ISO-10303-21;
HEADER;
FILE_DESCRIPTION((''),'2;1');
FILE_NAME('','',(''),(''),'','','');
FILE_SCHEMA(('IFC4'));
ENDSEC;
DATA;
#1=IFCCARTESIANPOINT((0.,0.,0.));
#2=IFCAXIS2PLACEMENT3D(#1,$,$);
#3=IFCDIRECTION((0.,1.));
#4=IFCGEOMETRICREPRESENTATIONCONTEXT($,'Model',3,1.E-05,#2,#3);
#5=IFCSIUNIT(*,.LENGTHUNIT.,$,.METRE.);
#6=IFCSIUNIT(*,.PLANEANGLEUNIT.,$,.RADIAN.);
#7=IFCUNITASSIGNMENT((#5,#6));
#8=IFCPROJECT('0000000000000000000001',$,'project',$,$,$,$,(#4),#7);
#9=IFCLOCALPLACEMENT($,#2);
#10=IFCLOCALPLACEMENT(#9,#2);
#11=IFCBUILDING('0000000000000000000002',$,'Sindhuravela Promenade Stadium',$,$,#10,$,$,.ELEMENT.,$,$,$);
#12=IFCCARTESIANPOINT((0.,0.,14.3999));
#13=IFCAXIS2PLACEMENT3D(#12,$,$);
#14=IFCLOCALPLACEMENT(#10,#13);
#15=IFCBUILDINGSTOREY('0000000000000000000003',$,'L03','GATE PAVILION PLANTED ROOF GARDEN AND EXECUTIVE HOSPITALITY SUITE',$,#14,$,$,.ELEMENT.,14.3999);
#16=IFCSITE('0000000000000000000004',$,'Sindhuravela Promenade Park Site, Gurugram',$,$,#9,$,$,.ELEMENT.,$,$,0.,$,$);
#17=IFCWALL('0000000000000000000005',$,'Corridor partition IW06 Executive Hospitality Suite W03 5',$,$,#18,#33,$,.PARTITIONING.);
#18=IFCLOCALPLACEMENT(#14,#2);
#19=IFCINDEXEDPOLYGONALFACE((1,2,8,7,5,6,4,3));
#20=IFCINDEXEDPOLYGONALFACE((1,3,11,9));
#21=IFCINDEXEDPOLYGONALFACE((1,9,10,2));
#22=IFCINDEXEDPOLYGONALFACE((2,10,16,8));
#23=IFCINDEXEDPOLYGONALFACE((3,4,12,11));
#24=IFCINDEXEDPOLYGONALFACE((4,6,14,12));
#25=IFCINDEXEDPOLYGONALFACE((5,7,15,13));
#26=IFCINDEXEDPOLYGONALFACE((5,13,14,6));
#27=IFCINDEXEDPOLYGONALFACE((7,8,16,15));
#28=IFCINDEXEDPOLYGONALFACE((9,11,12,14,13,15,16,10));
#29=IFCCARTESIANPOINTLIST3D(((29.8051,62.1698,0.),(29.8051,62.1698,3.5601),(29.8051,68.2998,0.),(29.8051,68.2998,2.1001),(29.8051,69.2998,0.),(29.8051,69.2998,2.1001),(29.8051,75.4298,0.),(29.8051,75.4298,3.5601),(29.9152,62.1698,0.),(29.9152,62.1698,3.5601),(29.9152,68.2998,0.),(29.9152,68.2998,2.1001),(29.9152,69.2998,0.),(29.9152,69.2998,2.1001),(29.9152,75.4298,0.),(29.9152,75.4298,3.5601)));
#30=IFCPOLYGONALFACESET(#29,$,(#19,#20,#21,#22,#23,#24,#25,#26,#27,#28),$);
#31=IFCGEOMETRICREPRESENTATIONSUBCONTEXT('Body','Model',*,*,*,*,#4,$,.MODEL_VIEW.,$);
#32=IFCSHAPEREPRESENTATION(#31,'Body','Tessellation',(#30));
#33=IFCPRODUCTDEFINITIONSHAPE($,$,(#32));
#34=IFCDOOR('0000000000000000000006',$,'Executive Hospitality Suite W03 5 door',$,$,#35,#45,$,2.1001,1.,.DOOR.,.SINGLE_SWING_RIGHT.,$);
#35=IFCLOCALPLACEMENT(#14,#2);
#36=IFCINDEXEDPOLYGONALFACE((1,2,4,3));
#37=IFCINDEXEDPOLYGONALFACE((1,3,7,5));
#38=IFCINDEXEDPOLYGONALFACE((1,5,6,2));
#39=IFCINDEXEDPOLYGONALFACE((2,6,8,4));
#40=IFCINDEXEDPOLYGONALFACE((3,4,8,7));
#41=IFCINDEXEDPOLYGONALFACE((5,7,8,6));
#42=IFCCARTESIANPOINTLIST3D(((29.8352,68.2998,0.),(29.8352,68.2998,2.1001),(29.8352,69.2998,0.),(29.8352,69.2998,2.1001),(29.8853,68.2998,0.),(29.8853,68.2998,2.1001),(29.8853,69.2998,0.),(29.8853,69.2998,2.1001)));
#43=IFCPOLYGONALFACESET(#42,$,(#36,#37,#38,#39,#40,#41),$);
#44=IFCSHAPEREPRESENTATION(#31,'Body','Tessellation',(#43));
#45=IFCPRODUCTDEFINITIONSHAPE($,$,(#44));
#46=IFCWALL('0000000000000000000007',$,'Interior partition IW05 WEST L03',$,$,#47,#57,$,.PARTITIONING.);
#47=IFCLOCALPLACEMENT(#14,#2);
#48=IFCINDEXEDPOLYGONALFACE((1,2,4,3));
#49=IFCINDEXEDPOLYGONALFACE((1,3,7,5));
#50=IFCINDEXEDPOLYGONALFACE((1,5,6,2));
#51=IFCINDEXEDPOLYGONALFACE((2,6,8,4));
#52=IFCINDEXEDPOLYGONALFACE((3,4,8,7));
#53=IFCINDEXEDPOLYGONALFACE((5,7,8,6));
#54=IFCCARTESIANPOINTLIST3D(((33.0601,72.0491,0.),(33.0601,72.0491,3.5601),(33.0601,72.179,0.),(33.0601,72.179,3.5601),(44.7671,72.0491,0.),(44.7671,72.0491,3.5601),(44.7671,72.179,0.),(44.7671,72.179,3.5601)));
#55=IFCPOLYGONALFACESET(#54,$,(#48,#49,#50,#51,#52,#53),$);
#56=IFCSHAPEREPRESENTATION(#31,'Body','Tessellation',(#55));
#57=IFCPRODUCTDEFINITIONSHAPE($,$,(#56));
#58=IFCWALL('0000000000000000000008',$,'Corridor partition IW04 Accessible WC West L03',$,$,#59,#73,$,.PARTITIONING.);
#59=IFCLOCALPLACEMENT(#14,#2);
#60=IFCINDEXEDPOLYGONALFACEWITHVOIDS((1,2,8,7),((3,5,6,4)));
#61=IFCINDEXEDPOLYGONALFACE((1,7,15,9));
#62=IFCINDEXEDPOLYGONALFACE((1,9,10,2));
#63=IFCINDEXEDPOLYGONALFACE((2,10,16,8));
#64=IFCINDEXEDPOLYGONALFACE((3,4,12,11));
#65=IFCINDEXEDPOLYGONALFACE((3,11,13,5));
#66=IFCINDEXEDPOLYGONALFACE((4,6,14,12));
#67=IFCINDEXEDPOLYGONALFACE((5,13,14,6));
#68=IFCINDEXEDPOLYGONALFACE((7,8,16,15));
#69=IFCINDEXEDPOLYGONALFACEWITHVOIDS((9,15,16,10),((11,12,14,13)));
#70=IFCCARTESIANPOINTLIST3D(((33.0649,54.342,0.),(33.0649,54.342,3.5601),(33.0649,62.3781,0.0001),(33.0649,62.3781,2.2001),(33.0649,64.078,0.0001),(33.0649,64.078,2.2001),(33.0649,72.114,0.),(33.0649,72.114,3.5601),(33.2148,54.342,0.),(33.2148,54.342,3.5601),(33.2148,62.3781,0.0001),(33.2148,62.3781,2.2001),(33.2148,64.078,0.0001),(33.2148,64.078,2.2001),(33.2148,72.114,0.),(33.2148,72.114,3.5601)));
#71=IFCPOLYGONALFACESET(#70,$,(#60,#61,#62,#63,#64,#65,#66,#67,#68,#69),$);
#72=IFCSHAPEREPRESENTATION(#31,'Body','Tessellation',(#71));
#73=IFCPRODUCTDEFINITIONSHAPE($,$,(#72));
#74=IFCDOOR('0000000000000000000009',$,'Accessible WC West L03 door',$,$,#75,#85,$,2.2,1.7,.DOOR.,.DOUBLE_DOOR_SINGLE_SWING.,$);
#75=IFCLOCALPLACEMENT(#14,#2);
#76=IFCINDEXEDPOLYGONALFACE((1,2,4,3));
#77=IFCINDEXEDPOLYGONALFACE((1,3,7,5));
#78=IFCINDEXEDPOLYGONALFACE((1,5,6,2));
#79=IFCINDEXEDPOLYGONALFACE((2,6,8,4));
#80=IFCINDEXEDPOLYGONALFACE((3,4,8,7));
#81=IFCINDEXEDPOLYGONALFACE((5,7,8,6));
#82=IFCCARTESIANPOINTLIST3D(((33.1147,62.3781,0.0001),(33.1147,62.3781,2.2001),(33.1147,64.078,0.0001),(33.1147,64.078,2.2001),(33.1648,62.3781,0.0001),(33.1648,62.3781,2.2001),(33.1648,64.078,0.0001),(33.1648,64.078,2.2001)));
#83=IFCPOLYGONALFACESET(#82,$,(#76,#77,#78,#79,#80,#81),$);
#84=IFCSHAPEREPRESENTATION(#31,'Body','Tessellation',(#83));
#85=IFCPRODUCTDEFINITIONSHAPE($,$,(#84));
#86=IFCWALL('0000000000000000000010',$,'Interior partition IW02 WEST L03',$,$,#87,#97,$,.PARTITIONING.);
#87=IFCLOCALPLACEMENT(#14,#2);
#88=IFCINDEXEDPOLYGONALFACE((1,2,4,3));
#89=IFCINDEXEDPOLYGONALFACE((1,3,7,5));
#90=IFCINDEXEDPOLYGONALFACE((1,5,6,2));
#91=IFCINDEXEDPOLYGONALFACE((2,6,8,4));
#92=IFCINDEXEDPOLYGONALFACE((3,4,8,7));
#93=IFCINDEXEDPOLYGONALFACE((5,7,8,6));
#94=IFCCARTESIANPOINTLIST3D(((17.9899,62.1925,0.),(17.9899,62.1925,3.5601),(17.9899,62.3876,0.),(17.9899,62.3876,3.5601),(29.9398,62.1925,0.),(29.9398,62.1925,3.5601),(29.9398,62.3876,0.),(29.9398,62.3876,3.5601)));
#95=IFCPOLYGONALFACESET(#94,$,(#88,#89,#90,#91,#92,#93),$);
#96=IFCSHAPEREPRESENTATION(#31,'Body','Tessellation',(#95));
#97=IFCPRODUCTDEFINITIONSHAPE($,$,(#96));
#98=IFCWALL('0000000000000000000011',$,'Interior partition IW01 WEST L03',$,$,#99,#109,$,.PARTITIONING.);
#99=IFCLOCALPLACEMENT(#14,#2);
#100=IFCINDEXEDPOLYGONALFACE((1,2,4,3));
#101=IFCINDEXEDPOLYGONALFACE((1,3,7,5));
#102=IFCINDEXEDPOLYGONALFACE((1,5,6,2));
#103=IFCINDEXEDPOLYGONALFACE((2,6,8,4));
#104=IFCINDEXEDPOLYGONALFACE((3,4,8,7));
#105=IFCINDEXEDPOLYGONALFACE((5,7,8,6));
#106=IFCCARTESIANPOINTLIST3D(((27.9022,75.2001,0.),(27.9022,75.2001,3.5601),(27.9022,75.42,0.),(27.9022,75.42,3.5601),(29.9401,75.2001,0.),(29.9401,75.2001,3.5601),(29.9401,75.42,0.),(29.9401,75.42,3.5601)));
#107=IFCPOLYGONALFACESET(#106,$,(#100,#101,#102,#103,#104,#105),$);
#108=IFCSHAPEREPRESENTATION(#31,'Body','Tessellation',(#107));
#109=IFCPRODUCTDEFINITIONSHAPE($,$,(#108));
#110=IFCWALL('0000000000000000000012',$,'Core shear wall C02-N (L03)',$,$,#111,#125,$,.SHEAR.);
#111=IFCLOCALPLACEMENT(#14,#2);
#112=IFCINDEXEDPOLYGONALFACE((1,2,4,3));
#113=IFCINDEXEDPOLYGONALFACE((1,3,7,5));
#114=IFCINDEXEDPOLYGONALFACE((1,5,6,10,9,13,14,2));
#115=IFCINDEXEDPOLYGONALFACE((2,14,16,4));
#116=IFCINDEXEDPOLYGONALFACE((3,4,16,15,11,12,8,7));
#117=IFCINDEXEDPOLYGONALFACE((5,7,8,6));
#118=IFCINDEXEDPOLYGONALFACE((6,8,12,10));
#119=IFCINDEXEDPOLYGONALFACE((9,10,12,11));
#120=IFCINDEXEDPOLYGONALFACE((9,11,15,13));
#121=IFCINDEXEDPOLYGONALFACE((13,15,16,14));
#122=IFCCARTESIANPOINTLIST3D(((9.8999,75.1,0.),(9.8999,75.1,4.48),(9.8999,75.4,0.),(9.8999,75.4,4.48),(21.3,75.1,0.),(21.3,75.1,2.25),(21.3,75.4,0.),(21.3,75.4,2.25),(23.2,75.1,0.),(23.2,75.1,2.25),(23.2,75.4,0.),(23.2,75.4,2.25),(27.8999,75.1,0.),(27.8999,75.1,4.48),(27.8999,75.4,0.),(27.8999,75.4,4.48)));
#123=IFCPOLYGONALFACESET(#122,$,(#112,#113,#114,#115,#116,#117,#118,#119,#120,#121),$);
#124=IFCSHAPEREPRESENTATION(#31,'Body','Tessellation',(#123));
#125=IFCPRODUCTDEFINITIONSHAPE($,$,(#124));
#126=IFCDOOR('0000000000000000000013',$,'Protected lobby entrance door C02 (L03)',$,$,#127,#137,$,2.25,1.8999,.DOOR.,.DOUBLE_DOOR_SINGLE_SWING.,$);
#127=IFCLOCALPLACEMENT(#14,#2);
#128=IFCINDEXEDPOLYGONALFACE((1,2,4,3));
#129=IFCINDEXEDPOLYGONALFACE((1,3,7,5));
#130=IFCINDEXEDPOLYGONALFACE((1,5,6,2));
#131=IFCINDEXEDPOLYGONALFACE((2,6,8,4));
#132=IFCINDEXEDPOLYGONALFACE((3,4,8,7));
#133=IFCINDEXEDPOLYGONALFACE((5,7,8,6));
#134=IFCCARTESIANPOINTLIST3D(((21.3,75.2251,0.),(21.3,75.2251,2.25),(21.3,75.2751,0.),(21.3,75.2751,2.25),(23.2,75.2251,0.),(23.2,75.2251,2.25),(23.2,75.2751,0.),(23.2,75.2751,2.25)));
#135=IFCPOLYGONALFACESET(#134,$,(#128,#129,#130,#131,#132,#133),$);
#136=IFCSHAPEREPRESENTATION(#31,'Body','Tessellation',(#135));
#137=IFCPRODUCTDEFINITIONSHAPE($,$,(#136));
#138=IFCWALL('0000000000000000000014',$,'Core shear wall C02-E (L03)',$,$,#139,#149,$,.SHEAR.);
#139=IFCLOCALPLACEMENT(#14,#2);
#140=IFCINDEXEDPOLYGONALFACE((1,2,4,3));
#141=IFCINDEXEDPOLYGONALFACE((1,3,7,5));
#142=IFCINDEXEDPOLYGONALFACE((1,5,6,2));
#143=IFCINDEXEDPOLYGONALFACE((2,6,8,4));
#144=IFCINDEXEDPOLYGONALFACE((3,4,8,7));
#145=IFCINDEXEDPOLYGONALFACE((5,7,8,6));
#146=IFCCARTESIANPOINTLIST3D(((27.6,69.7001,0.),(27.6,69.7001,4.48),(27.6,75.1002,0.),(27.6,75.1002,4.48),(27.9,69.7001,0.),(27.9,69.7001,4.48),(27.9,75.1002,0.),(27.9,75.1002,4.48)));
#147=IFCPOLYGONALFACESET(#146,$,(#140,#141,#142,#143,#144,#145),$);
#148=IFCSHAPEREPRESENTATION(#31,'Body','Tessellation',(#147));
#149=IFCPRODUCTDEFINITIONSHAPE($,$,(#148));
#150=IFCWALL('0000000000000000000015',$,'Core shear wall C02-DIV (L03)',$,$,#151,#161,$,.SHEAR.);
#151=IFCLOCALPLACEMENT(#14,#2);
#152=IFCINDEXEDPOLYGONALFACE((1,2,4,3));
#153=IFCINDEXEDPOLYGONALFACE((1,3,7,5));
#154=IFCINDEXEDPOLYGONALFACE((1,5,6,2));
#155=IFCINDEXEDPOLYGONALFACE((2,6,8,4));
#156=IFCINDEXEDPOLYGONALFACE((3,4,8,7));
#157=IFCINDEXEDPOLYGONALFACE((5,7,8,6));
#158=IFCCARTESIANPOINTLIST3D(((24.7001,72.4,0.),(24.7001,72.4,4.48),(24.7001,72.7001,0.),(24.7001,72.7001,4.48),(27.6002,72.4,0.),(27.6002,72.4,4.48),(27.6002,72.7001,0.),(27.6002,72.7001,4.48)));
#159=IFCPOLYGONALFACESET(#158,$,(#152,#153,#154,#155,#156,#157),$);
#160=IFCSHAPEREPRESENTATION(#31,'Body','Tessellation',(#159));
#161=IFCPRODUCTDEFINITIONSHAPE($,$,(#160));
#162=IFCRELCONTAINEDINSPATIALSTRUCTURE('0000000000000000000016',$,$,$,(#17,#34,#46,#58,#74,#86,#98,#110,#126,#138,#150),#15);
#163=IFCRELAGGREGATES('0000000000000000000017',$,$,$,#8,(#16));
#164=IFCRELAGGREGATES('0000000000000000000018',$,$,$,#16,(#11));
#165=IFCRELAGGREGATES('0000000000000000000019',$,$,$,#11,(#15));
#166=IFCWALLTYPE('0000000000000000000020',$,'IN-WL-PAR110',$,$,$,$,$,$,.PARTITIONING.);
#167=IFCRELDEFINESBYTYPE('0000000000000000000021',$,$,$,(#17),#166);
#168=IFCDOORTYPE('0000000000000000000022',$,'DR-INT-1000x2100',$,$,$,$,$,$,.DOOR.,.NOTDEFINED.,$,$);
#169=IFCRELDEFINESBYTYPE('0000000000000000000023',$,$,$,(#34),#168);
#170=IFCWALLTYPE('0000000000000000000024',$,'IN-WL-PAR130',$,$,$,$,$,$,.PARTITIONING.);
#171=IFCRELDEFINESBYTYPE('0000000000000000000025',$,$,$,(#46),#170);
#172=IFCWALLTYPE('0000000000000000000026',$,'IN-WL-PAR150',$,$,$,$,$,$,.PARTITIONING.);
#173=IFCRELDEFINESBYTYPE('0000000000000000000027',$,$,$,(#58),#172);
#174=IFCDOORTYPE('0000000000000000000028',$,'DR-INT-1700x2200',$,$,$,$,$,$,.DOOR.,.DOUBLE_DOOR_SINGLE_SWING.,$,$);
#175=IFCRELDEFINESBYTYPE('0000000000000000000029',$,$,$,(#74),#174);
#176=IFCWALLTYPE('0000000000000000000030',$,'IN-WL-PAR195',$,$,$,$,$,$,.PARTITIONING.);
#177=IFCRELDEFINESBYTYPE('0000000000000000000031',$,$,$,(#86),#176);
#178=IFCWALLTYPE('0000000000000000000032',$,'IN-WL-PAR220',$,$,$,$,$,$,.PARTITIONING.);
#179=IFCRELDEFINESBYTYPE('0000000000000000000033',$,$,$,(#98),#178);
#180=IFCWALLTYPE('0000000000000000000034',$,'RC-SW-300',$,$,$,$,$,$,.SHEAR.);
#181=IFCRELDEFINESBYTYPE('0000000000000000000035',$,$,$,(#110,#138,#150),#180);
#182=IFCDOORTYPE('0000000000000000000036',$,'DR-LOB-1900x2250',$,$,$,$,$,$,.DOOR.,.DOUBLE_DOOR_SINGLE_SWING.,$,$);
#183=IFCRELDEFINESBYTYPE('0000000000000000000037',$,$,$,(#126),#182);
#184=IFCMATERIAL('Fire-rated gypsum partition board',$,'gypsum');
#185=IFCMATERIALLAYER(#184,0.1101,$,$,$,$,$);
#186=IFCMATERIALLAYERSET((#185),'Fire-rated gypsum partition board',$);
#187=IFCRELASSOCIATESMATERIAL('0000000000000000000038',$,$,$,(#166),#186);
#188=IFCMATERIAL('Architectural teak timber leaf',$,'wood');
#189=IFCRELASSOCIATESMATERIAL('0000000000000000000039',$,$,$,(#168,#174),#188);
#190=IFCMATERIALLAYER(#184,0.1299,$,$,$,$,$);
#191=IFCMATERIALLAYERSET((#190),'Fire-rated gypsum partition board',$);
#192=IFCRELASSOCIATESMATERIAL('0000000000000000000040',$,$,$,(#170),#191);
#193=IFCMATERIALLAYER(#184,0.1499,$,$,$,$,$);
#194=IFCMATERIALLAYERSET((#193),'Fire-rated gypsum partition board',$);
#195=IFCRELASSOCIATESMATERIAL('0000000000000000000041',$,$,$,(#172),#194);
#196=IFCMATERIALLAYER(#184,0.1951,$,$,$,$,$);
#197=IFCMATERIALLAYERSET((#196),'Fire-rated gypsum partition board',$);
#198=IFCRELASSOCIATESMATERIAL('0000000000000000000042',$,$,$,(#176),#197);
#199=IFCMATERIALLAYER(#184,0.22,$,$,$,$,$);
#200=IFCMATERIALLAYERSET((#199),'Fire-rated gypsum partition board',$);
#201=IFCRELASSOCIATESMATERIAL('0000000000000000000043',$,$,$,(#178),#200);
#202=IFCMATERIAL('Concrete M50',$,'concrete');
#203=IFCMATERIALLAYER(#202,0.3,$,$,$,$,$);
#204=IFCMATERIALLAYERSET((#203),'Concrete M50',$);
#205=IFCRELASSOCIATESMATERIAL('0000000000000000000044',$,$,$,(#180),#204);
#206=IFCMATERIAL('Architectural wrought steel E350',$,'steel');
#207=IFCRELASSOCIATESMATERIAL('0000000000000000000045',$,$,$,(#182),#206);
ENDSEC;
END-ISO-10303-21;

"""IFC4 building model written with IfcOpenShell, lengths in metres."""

from ifc_helpers import new_model, si_unit, direction, frame, frame_2d, origin, place, context, subcontext, project, spatial, rectangle, extrude, material, layer, layer_set, type_object, element, fill, save


model = new_model("IFC4")

# Units and contexts
model_context = context("Model", 3, precision=1e-05, world=origin(), true_north=direction((0.0, 1.0)))
body_context = subcontext(model_context, "Body", "Model", "MODEL_VIEW")
ifc_project = project(units=[si_unit("LENGTHUNIT", "METRE"), si_unit("PLANEANGLEUNIT", "RADIAN")], contexts=[model_context])

# Site, building, storey
site_placement = place(None, origin())
site = spatial("IfcSite", under=ifc_project, at=site_placement, Name="Sindhuravela Promenade Park Site, Gurugram", CompositionType="ELEMENT", RefElevation=0.0)
building_placement = place(site_placement, origin())
building = spatial("IfcBuilding", under=site, at=building_placement, Name="Sindhuravela Promenade Stadium", CompositionType="ELEMENT")
storey_placement = place(building_placement, frame((0.0, 0.0, 14.3999)))
storey = spatial("IfcBuildingStorey", under=building, at=storey_placement, Name="L03", Description="GATE PAVILION PLANTED ROOF GARDEN AND EXECUTIVE HOSPITALITY SUITE", CompositionType="ELEMENT", Elevation=14.3999)

# Shared definitions
ifc_material_1 = material(Name="Concrete M50", Category="concrete")

# Wall, opening, door
ifc_material_2 = material(Name="Fire-rated gypsum partition board", Category="gypsum")
ifc_layer_1 = layer(ifc_material_2, 0.1101)
ifc_layer_set_1 = layer_set([ifc_layer_1], Name="Fire-rated gypsum partition board")
wall_type_1 = type_object("IfcWallType", Name="IN-WL-PAR110", PredefinedType="PARTITIONING", material=ifc_layer_set_1)
wall_1_placement = place(storey_placement, frame((29.8601, 62.1699, 0.0), z_axis=(0.0, 0.0, 1.0), x_axis=(0.0, 1.0, 0.0)))
wall_1 = element("IfcWall", 1, at=wall_1_placement, inside=storey, type_object=wall_type_1, Name="Corridor partition IW06 Executive Hospitality Suite W03 5", PredefinedType="PARTITIONING", context=body_context, shape_type="SweptSolid", body=[
    extrude(rectangle(XDim=13.26, YDim=0.1101, at=frame_2d((6.6299, 0.0))), origin(), (0.0, 0.0, 1.0), 3.5601),
])
opening_1_placement = place(wall_1_placement, frame((6.1299, 0.0, 0.0)))
opening_1 = element("IfcOpeningElement", 2, at=opening_1_placement, cuts=wall_1, PredefinedType="OPENING", context=body_context, shape_type="SweptSolid", body=[
    extrude(rectangle(XDim=1.0, YDim=2.1001, at=frame_2d((0.5, 1.05))), frame((0.0, 0.0649, 0.0), z_axis=(0.0, -1.0, 0.0), x_axis=(1.0, 0.0, 0.0)), (0.0, 0.0, 1.0), 0.1301),
])
ifc_material_3 = material(Name="Architectural teak timber leaf", Category="wood")
door_type_1 = type_object("IfcDoorType", Name="DR-INT-1000x2100", OperationType="NOTDEFINED", PredefinedType="DOOR", material=ifc_material_3)
door_1_placement = place(opening_1_placement, origin())
door_1 = element("IfcDoor", 3, at=door_1_placement, inside=storey, type_object=door_type_1, Name="Executive Hospitality Suite W03 5 door", OperationType="SINGLE_SWING_RIGHT", OverallHeight=2.1001, OverallWidth=1.0, PredefinedType="DOOR", context=body_context, shape_type="SweptSolid", body=[
    extrude(rectangle(XDim=1.0, YDim=2.1001, at=frame_2d((0.5, 1.05))), frame((0.0, 0.0249, 0.0), z_axis=(0.0, -1.0, 0.0), x_axis=(1.0, 0.0, 0.0)), (0.0, 0.0, 1.0), 0.05),
])
fill(opening_1, door_1)

# Wall
ifc_layer_2 = layer(ifc_material_2, 0.1299)
ifc_layer_set_2 = layer_set([ifc_layer_2], Name="Fire-rated gypsum partition board")
wall_type_2 = type_object("IfcWallType", Name="IN-WL-PAR130", PredefinedType="PARTITIONING", material=ifc_layer_set_2)
wall_2_placement = place(storey_placement, frame((33.0601, 72.114, 0.0), z_axis=(0.0, 0.0, 1.0), x_axis=(1.0, 0.0, 0.0)))
element("IfcWall", 4, at=wall_2_placement, inside=storey, type_object=wall_type_2, Name="Interior partition IW05 WEST L03", PredefinedType="PARTITIONING", context=body_context, shape_type="SweptSolid", body=[
    extrude(rectangle(XDim=11.707, YDim=0.1299, at=frame_2d((5.8535, 0.0))), origin(), (0.0, 0.0, 1.0), 3.5601),
])

# Wall, opening, door
ifc_layer_3 = layer(ifc_material_2, 0.1499)
ifc_layer_set_3 = layer_set([ifc_layer_3], Name="Fire-rated gypsum partition board")
wall_type_3 = type_object("IfcWallType", Name="IN-WL-PAR150", PredefinedType="PARTITIONING", material=ifc_layer_set_3)
wall_3_placement = place(storey_placement, frame((33.1399, 72.114, 0.0), z_axis=(0.0, 0.0, 1.0), x_axis=(0.0, -1.0, 0.0)))
wall_3 = element("IfcWall", 5, at=wall_3_placement, inside=storey, type_object=wall_type_3, Name="Corridor partition IW04 Accessible WC West L03", PredefinedType="PARTITIONING", context=body_context, shape_type="SweptSolid", body=[
    extrude(rectangle(XDim=17.772, YDim=0.1499, at=frame_2d((8.886, 0.0))), origin(), (0.0, 0.0, 1.0), 3.5601),
])
opening_2_placement = place(wall_3_placement, frame((8.0359, 0.0, 0.0)))
opening_2 = element("IfcOpeningElement", 6, at=opening_2_placement, cuts=wall_3, PredefinedType="OPENING", context=body_context, shape_type="SweptSolid", body=[
    extrude(rectangle(XDim=1.7, YDim=2.2, at=frame_2d((0.8501, 1.1001))), frame((0.0, 0.085, 0.0), z_axis=(0.0, -1.0, 0.0), x_axis=(1.0, 0.0, 0.0)), (0.0, 0.0, 1.0), 0.1699),
])
door_type_2 = type_object("IfcDoorType", Name="DR-INT-1700x2200", OperationType="DOUBLE_DOOR_SINGLE_SWING", PredefinedType="DOOR", material=ifc_material_3)
door_2_placement = place(opening_2_placement, origin())
door_2 = element("IfcDoor", 7, at=door_2_placement, inside=storey, type_object=door_type_2, Name="Accessible WC West L03 door", OperationType="DOUBLE_DOOR_SINGLE_SWING", OverallHeight=2.2, OverallWidth=1.7, PredefinedType="DOOR", context=body_context, shape_type="SweptSolid", body=[
    extrude(rectangle(XDim=1.7, YDim=2.2, at=frame_2d((0.8501, 1.1001))), frame((0.0, 0.0249, 0.0), z_axis=(0.0, -1.0, 0.0), x_axis=(1.0, 0.0, 0.0)), (0.0, 0.0, 1.0), 0.05),
])
fill(opening_2, door_2)

# Walls
ifc_layer_4 = layer(ifc_material_2, 0.1951)
ifc_layer_set_4 = layer_set([ifc_layer_4], Name="Fire-rated gypsum partition board")
wall_type_4 = type_object("IfcWallType", Name="IN-WL-PAR195", PredefinedType="PARTITIONING", material=ifc_layer_set_4)
wall_4_placement = place(storey_placement, frame((29.9399, 62.29, 0.0), z_axis=(0.0, 0.0, 1.0), x_axis=(-1.0, 0.0, 0.0)))
element("IfcWall", 8, at=wall_4_placement, inside=storey, type_object=wall_type_4, Name="Interior partition IW02 WEST L03", PredefinedType="PARTITIONING", context=body_context, shape_type="SweptSolid", body=[
    extrude(rectangle(XDim=11.95, YDim=0.1951, at=frame_2d((5.9751, 0.0))), origin(), (0.0, 0.0, 1.0), 3.5601),
])
ifc_layer_5 = layer(ifc_material_2, 0.22)
ifc_layer_set_5 = layer_set([ifc_layer_5], Name="Fire-rated gypsum partition board")
wall_type_5 = type_object("IfcWallType", Name="IN-WL-PAR220", PredefinedType="PARTITIONING", material=ifc_layer_set_5)
wall_5_placement = place(storey_placement, frame((27.9021, 75.3101, 0.0), z_axis=(0.0, 0.0, 1.0), x_axis=(1.0, 0.0, 0.0)))
element("IfcWall", 9, at=wall_5_placement, inside=storey, type_object=wall_type_5, Name="Interior partition IW01 WEST L03", PredefinedType="PARTITIONING", context=body_context, shape_type="SweptSolid", body=[
    extrude(rectangle(XDim=2.0378, YDim=0.22, at=frame_2d((1.019, 0.0))), origin(), (0.0, 0.0, 1.0), 3.5601),
])

# Wall, opening, door
ifc_layer_6 = layer(ifc_material_1, 0.3)
ifc_layer_set_6 = layer_set([ifc_layer_6], Name="Concrete M50")
wall_type_6 = type_object("IfcWallType", Name="RC-SW-300", PredefinedType="SHEAR", material=ifc_layer_set_6)
wall_6_placement = place(storey_placement, frame((27.8999, 75.25, 0.0), z_axis=(0.0, 0.0, 1.0), x_axis=(-1.0, 0.0, 0.0)))
wall_6 = element("IfcWall", 10, at=wall_6_placement, inside=storey, type_object=wall_type_6, Name="Core shear wall C02-N (L03)", PredefinedType="SHEAR", context=body_context, shape_type="SweptSolid", body=[
    extrude(rectangle(XDim=18.0, YDim=0.3, at=frame_2d((9.0, 0.0))), origin(), (0.0, 0.0, 1.0), 4.48),
])
opening_3_placement = place(wall_6_placement, frame((4.7, 0.0, 0.0)))
opening_3 = element("IfcOpeningElement", 11, at=opening_3_placement, cuts=wall_6, PredefinedType="OPENING", context=body_context, shape_type="SweptSolid", body=[
    extrude(rectangle(XDim=1.8999, YDim=2.25, at=frame_2d((0.95, 1.125))), frame((0.0, 0.1599, 0.0), z_axis=(0.0, -1.0, 0.0), x_axis=(1.0, 0.0, 0.0)), (0.0, 0.0, 1.0), 0.3201),
])
ifc_material_4 = material(Name="Architectural wrought steel E350", Category="steel")
door_type_3 = type_object("IfcDoorType", Name="DR-LOB-1900x2250", OperationType="DOUBLE_DOOR_SINGLE_SWING", PredefinedType="DOOR", material=ifc_material_4)
door_3_placement = place(opening_3_placement, origin())
door_3 = element("IfcDoor", 12, at=door_3_placement, inside=storey, type_object=door_type_3, Name="Protected lobby entrance door C02 (L03)", OperationType="DOUBLE_DOOR_SINGLE_SWING", OverallHeight=2.25, OverallWidth=1.8999, PredefinedType="DOOR", context=body_context, shape_type="SweptSolid", body=[
    extrude(rectangle(XDim=1.8999, YDim=2.25, at=frame_2d((0.95, 1.125))), frame((0.0, 0.0249, 0.0), z_axis=(0.0, -1.0, 0.0), x_axis=(1.0, 0.0, 0.0)), (0.0, 0.0, 1.0), 0.05),
])
fill(opening_3, door_3)

# Walls
wall_7_placement = place(storey_placement, frame((27.75, 69.7, 0.0), z_axis=(0.0, 0.0, 1.0), x_axis=(0.0, 1.0, 0.0)))
element("IfcWall", 13, at=wall_7_placement, inside=storey, type_object=wall_type_6, Name="Core shear wall C02-E (L03)", PredefinedType="SHEAR", context=body_context, shape_type="SweptSolid", body=[
    extrude(rectangle(XDim=5.4001, YDim=0.3, at=frame_2d((2.7002, 0.0))), origin(), (0.0, 0.0, 1.0), 4.48),
])
wall_8_placement = place(storey_placement, frame((24.7, 72.55, 0.0), z_axis=(0.0, 0.0, 1.0), x_axis=(1.0, 0.0, 0.0)))
element("IfcWall", 14, at=wall_8_placement, inside=storey, type_object=wall_type_6, Name="Core shear wall C02-DIV (L03)", PredefinedType="SHEAR", context=body_context, shape_type="SweptSolid", body=[
    extrude(rectangle(XDim=2.9001, YDim=0.3, at=frame_2d((1.4502, 0.0))), origin(), (0.0, 0.0, 1.0), 4.48),
])

save(model, "model.ifc")
